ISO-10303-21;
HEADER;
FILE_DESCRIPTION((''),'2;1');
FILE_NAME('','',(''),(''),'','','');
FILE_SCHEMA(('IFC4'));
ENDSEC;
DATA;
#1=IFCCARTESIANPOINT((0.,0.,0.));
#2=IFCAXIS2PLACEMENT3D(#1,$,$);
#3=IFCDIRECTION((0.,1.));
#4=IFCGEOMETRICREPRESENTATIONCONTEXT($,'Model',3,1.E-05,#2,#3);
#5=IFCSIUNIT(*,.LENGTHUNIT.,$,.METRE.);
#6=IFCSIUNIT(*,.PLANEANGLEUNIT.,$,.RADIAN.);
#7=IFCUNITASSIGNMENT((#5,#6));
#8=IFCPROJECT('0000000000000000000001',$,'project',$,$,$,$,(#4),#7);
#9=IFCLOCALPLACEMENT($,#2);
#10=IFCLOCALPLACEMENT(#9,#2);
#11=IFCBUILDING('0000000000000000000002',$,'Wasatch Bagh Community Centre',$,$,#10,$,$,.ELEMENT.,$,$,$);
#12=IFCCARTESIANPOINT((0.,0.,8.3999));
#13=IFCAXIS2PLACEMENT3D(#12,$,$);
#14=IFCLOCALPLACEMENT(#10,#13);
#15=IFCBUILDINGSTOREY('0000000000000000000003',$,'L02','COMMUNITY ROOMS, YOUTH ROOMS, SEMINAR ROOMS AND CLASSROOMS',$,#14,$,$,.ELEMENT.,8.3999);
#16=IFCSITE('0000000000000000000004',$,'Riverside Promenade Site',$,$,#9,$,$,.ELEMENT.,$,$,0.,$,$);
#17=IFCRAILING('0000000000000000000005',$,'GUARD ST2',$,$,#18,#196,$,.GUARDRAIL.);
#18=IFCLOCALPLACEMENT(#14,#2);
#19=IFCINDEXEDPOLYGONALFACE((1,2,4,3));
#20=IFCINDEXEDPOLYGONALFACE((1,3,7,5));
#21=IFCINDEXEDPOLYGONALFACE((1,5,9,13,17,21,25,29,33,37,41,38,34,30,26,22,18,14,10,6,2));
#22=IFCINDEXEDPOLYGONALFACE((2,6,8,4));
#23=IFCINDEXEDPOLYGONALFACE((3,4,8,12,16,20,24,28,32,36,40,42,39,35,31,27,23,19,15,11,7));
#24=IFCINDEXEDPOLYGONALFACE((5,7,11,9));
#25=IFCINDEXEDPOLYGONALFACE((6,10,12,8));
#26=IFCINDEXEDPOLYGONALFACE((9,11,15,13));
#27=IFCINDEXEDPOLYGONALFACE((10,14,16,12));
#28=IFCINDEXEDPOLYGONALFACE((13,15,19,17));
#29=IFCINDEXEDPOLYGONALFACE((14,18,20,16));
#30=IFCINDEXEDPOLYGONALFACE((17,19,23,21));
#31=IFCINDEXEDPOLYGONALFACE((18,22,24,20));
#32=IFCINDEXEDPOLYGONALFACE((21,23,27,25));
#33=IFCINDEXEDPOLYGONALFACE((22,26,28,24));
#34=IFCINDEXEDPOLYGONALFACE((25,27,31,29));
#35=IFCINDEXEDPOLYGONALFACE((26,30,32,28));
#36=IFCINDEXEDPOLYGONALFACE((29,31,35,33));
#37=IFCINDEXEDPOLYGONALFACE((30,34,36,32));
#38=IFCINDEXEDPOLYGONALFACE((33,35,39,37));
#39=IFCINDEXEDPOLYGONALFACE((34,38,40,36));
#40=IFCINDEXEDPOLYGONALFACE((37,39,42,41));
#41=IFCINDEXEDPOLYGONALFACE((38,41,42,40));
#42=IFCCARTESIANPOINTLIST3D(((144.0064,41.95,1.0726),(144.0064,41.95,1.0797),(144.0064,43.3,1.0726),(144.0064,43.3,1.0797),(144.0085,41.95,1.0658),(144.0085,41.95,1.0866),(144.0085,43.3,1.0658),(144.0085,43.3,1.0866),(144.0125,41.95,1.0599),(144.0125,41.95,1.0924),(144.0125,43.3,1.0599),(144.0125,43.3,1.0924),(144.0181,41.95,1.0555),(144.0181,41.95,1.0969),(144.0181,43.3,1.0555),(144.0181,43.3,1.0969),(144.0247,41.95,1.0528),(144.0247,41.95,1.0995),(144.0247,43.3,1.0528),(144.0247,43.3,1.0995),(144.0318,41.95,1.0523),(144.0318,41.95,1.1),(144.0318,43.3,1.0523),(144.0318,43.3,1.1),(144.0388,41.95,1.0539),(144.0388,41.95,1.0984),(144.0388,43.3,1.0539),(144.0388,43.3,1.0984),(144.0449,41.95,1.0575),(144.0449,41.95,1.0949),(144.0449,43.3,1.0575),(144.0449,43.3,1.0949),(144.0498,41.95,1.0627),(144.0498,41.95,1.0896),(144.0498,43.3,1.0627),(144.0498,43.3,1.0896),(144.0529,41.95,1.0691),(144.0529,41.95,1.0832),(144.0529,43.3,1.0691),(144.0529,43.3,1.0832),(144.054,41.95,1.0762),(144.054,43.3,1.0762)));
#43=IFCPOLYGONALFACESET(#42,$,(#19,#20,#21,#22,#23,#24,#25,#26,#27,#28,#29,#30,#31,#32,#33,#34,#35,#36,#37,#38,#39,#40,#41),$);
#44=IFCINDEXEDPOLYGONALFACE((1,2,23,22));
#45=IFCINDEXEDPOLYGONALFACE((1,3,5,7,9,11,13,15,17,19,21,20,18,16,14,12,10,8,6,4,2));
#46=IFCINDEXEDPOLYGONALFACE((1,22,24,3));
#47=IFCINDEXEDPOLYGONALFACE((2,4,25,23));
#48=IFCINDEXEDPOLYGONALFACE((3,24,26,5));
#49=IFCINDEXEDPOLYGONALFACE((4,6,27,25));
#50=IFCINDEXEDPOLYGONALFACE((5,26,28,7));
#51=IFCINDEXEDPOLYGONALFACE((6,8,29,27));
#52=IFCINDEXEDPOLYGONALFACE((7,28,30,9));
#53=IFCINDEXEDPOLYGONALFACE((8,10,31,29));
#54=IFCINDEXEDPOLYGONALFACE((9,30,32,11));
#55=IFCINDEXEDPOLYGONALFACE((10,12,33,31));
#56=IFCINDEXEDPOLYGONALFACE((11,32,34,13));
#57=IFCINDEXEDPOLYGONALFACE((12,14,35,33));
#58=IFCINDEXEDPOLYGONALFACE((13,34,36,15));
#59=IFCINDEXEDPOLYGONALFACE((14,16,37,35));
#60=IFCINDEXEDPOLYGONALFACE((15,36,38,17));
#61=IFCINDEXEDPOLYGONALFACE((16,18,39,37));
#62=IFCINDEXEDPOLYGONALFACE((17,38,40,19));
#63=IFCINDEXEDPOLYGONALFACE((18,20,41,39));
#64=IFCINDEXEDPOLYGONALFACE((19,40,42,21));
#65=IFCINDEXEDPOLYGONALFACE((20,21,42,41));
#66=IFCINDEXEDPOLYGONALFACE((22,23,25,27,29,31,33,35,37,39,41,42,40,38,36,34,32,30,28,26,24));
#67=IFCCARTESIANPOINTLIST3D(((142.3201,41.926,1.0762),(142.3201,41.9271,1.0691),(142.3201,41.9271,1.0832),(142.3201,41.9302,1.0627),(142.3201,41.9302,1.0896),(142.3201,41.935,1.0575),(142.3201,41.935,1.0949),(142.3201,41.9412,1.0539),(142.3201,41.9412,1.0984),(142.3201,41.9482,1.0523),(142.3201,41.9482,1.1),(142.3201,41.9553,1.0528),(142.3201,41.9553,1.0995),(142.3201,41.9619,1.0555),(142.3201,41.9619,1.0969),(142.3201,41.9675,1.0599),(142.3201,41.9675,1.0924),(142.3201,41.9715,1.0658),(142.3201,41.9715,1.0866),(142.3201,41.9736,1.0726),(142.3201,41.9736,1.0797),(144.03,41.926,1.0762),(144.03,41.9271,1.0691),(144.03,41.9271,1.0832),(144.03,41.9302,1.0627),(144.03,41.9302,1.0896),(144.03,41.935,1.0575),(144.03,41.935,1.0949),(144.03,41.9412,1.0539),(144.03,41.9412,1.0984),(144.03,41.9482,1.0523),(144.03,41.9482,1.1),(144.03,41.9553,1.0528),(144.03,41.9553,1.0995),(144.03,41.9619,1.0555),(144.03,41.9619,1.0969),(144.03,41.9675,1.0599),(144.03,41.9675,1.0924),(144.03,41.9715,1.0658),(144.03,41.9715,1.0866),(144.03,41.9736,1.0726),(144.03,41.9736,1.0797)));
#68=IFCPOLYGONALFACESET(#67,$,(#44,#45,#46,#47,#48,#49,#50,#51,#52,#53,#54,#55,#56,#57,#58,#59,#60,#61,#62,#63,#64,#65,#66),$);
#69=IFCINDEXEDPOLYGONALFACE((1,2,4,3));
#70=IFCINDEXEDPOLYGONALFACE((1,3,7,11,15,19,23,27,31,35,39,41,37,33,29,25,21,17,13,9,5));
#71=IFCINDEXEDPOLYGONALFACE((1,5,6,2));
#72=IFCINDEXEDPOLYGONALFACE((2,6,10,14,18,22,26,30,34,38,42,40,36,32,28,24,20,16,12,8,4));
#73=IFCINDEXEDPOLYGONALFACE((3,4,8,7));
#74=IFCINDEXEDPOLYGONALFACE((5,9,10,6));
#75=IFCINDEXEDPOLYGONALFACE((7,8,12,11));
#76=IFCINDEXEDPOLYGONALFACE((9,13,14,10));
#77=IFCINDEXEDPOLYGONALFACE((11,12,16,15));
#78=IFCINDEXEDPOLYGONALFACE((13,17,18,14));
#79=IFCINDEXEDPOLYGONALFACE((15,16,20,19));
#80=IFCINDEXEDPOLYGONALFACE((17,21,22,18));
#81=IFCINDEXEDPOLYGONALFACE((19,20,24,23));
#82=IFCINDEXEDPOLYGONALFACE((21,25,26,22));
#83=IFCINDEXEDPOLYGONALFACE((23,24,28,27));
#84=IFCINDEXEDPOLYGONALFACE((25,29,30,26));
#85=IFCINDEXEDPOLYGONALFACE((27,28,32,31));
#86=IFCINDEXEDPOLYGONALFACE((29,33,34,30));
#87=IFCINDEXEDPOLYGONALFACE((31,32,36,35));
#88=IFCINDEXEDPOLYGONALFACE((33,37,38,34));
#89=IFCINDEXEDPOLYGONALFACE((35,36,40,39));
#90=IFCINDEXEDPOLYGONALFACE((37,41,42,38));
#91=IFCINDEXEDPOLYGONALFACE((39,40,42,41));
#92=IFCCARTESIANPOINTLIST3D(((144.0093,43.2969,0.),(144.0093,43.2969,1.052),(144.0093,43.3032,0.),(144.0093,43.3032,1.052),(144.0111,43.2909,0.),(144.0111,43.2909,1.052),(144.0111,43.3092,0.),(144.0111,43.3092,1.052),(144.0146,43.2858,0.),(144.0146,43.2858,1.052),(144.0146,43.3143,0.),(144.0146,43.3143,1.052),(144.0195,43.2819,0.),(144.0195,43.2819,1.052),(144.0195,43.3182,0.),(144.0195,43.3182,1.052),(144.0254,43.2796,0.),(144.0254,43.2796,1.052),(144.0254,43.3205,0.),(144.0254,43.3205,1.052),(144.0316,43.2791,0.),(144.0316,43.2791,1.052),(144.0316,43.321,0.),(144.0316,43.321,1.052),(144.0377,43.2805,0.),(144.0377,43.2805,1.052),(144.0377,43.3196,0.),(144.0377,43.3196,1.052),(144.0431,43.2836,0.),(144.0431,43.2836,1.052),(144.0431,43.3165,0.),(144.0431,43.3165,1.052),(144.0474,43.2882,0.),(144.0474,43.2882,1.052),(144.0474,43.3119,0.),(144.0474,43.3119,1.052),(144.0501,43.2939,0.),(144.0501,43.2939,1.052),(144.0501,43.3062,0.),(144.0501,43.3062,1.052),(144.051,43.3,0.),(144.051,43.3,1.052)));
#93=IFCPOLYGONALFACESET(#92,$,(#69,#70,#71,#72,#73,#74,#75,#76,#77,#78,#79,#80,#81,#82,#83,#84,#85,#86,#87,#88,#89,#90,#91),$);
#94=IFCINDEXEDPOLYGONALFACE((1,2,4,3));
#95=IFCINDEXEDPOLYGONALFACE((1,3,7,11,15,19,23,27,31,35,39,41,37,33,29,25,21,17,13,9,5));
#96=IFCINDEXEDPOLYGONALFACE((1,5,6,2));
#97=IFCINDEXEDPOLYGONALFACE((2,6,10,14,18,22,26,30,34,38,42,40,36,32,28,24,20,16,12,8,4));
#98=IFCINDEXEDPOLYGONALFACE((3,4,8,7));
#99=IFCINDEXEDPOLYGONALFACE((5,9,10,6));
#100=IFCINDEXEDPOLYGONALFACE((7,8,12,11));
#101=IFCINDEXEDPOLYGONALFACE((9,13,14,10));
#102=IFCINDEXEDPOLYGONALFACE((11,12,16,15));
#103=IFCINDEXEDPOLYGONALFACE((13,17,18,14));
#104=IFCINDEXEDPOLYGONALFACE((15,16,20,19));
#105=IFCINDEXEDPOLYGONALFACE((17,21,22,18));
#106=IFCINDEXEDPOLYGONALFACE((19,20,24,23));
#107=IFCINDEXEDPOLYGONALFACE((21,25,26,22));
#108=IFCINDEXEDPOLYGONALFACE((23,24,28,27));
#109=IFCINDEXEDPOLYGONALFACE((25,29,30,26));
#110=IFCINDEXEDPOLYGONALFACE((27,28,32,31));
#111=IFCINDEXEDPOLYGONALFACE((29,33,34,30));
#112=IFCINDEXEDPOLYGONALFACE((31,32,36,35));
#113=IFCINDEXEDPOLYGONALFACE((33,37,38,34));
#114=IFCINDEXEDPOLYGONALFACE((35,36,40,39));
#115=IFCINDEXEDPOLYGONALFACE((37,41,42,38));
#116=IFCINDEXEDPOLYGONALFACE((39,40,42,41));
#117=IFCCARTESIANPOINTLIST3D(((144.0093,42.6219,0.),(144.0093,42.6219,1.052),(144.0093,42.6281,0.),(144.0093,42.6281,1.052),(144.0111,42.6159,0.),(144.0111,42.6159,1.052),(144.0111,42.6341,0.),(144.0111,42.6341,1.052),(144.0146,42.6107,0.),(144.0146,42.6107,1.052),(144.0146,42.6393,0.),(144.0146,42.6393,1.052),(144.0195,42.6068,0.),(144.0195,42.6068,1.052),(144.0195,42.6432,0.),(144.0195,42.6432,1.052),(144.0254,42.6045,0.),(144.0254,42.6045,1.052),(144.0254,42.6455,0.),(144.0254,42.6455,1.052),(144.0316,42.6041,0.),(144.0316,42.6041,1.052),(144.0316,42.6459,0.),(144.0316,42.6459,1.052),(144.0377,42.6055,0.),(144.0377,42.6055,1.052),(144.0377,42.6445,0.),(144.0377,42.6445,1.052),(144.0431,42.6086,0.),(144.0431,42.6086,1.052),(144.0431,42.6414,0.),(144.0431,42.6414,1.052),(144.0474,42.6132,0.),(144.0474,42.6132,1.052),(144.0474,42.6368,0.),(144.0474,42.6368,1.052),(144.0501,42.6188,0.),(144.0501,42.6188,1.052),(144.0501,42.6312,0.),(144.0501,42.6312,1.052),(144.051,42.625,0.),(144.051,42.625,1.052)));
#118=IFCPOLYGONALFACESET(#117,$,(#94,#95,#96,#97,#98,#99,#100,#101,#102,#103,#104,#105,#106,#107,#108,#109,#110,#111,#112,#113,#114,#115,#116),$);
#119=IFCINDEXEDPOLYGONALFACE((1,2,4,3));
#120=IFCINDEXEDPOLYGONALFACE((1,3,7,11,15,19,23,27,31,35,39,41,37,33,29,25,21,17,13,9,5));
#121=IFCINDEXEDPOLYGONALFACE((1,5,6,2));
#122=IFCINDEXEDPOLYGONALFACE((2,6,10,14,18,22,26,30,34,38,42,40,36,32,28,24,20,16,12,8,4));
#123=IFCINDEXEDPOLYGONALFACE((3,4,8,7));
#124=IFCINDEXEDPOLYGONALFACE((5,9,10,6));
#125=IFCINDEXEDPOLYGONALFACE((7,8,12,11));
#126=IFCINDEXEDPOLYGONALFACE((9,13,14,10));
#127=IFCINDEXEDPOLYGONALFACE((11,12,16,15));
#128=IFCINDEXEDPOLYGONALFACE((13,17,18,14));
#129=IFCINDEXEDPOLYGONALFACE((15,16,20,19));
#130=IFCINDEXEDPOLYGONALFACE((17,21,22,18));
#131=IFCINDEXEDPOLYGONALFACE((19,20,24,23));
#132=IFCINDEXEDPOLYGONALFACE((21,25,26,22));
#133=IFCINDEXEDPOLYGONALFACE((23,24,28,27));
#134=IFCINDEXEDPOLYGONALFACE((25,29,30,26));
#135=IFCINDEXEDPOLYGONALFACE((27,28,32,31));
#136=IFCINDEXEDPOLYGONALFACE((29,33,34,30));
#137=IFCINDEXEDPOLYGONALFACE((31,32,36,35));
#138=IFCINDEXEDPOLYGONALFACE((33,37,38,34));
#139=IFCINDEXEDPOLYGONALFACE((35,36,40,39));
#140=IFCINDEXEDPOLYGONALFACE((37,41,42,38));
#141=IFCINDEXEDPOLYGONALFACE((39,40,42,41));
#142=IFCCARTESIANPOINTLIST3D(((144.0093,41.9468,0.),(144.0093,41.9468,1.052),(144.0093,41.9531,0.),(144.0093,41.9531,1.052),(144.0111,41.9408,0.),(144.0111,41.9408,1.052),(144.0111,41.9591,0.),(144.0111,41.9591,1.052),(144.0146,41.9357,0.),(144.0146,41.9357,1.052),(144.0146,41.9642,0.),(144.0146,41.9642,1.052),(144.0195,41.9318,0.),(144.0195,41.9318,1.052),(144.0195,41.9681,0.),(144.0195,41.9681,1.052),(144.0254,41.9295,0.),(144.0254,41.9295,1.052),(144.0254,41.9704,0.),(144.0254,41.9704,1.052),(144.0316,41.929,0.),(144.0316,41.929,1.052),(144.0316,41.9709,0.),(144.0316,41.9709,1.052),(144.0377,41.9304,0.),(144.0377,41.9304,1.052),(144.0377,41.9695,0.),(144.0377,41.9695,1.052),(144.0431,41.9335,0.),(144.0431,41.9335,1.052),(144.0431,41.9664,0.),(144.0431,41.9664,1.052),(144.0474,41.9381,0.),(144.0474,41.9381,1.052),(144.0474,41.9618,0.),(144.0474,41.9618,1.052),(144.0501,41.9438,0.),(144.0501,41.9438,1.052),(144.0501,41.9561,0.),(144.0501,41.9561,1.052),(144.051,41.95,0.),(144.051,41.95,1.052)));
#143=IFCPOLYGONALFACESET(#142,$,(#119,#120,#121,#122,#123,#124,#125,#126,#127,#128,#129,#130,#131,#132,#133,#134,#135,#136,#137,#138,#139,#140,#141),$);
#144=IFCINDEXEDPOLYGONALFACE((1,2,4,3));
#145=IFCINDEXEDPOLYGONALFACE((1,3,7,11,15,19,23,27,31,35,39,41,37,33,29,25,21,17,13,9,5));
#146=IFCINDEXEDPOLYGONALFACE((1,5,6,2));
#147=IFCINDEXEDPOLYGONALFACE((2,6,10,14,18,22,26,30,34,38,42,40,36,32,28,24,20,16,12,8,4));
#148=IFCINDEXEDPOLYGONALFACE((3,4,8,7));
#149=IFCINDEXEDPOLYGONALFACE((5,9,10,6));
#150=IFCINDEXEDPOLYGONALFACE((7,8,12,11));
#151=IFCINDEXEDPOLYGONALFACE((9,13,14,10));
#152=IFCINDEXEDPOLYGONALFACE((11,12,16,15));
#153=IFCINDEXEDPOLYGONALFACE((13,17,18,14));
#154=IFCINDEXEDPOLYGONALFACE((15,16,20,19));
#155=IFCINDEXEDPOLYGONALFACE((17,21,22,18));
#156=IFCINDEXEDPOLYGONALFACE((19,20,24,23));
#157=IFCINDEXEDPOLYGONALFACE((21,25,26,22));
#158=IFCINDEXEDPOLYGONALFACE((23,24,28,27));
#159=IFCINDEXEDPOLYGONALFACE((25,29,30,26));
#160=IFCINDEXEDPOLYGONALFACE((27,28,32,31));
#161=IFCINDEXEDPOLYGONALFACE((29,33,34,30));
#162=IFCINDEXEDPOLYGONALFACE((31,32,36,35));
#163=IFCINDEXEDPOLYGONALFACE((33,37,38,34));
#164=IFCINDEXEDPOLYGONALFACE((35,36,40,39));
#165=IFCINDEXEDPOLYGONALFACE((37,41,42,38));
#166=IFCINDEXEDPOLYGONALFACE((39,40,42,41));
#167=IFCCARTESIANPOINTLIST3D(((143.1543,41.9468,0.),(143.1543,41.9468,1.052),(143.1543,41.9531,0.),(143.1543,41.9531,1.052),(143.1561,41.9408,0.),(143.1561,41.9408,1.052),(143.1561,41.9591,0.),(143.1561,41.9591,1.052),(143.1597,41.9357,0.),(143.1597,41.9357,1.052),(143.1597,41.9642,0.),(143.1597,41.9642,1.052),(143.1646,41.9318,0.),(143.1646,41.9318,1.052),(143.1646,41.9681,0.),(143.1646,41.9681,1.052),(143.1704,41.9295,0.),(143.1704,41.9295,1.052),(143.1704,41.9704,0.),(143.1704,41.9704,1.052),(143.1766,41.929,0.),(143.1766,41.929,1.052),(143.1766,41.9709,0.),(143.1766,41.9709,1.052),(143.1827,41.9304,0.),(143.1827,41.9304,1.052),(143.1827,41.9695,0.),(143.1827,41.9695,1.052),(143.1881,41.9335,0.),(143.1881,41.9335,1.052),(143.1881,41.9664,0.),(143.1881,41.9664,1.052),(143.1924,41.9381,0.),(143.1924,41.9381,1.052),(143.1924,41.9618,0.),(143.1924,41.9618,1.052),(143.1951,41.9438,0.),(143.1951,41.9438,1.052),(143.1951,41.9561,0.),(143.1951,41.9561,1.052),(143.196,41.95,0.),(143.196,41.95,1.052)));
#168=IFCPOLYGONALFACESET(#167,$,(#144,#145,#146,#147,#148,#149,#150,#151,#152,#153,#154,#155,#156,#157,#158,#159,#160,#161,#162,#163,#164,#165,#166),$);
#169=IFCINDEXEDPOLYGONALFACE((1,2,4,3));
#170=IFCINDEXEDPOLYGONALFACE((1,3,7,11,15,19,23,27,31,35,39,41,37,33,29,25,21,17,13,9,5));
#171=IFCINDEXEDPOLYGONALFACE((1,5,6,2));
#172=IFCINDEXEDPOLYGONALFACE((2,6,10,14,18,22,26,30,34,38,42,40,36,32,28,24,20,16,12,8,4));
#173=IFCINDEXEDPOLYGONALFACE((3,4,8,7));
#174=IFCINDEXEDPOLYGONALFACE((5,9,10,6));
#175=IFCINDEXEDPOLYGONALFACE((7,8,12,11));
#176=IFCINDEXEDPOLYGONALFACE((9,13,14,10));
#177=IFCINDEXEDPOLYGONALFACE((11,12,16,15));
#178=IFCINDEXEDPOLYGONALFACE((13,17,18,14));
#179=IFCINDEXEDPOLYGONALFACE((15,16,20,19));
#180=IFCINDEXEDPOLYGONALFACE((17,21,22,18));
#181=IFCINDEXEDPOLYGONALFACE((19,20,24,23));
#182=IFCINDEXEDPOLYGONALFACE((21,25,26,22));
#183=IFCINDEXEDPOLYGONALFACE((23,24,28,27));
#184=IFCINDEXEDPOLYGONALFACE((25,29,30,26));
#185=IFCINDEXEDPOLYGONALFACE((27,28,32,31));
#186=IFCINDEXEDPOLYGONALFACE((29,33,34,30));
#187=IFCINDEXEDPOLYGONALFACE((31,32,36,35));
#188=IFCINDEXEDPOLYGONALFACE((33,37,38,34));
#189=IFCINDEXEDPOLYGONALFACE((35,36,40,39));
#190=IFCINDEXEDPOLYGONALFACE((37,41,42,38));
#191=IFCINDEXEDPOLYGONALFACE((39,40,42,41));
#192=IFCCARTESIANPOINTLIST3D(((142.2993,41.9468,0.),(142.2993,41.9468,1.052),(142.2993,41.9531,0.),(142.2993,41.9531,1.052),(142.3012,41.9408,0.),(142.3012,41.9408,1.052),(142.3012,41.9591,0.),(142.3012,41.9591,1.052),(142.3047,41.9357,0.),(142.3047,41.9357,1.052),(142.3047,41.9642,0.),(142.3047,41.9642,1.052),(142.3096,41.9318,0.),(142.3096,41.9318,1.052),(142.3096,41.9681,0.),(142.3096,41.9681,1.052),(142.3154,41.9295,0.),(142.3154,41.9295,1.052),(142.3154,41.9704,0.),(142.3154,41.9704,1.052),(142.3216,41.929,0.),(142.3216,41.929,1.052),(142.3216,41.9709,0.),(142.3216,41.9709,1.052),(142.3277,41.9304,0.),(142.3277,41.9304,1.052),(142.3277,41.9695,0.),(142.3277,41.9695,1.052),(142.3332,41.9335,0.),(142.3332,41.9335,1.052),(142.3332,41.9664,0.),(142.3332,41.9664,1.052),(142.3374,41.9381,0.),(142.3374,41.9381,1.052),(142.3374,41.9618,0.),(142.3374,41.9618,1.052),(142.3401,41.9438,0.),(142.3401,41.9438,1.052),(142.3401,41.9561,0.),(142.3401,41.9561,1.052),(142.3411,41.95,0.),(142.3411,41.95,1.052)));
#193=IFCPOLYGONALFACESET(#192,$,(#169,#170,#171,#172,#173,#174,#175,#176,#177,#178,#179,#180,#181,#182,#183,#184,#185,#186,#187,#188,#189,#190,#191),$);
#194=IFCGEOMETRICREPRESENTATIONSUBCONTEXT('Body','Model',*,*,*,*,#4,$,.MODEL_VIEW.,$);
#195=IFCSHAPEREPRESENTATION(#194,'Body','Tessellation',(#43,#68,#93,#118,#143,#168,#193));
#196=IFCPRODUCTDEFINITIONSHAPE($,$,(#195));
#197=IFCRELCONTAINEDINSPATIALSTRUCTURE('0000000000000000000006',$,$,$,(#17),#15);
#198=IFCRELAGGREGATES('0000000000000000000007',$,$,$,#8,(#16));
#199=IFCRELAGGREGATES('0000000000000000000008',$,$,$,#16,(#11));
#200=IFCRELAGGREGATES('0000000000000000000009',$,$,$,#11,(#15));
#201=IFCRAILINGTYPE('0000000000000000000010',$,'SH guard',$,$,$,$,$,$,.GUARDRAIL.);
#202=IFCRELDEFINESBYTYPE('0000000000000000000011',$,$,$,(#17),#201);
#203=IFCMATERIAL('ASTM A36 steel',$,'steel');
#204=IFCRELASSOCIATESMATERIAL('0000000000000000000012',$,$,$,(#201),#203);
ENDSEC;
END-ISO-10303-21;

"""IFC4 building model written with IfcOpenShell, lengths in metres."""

from ifc_helpers import new_model, si_unit, direction, frame, origin, origin_2d, place, context, subcontext, project, spatial, circle, extrude, material, type_object, element, save


model = new_model("IFC4")

# Units and contexts
model_context = context("Model", 3, precision=1e-05, world=origin(), true_north=direction((0.0, 1.0)))
body_context = subcontext(model_context, "Body", "Model", "MODEL_VIEW")
ifc_project = project(units=[si_unit("LENGTHUNIT", "METRE"), si_unit("PLANEANGLEUNIT", "RADIAN")], contexts=[model_context])

# Site, building, storey
site_placement = place(None, origin())
site = spatial("IfcSite", under=ifc_project, at=site_placement, Name="Riverside Promenade Site", CompositionType="ELEMENT", RefElevation=0.0)
building_placement = place(site_placement, origin())
building = spatial("IfcBuilding", under=site, at=building_placement, Name="Wasatch Bagh Community Centre", CompositionType="ELEMENT")
storey_placement = place(building_placement, frame((0.0, 0.0, 8.3999)))
storey = spatial("IfcBuildingStorey", under=building, at=storey_placement, Name="L02", Description="COMMUNITY ROOMS, YOUTH ROOMS, SEMINAR ROOMS AND CLASSROOMS", CompositionType="ELEMENT", Elevation=8.3999)

# Railing
ifc_material_1 = material(Name="ASTM A36 steel", Category="steel")
railing_type = type_object("IfcRailingType", Name="SH guard", PredefinedType="GUARDRAIL", material=ifc_material_1)
railing_placement = place(storey_placement, frame((144.03, 43.3, 0.0)))
element("IfcRailing", 1, at=railing_placement, inside=storey, type_object=railing_type, Name="GUARD ST2", PredefinedType="GUARDRAIL", context=body_context, shape_type="SweptSolid", body=[
    extrude(circle(Radius=0.0239, at=origin_2d()), frame((0.0, 0.0, 1.0762), z_axis=(0.0, -1.0, 0.0), x_axis=(1.0, 0.0, 0.0)), (0.0, 0.0, 1.0), 1.3501),
    extrude(circle(Radius=0.0239, at=origin_2d()), frame((0.0, -1.3501, 1.0762), z_axis=(-1.0, 0.0, 0.0), x_axis=(0.0, -1.0, 0.0)), (0.0, 0.0, 1.0), 1.71),
    extrude(circle(Radius=0.021, at=origin_2d()), origin(), (0.0, 0.0, 1.0), 1.052),
    extrude(circle(Radius=0.021, at=origin_2d()), frame((0.0, -0.675, 0.0)), (0.0, 0.0, 1.0), 1.052),
    extrude(circle(Radius=0.021, at=origin_2d()), frame((0.0, -1.3501, 0.0)), (0.0, 0.0, 1.0), 1.052),
    extrude(circle(Radius=0.021, at=origin_2d()), frame((-0.855, -1.3501, 0.0)), (0.0, 0.0, 1.0), 1.052),
    extrude(circle(Radius=0.021, at=origin_2d()), frame((-1.71, -1.3501, 0.0)), (0.0, 0.0, 1.0), 1.052),
])

save(model, "model.ifc")
